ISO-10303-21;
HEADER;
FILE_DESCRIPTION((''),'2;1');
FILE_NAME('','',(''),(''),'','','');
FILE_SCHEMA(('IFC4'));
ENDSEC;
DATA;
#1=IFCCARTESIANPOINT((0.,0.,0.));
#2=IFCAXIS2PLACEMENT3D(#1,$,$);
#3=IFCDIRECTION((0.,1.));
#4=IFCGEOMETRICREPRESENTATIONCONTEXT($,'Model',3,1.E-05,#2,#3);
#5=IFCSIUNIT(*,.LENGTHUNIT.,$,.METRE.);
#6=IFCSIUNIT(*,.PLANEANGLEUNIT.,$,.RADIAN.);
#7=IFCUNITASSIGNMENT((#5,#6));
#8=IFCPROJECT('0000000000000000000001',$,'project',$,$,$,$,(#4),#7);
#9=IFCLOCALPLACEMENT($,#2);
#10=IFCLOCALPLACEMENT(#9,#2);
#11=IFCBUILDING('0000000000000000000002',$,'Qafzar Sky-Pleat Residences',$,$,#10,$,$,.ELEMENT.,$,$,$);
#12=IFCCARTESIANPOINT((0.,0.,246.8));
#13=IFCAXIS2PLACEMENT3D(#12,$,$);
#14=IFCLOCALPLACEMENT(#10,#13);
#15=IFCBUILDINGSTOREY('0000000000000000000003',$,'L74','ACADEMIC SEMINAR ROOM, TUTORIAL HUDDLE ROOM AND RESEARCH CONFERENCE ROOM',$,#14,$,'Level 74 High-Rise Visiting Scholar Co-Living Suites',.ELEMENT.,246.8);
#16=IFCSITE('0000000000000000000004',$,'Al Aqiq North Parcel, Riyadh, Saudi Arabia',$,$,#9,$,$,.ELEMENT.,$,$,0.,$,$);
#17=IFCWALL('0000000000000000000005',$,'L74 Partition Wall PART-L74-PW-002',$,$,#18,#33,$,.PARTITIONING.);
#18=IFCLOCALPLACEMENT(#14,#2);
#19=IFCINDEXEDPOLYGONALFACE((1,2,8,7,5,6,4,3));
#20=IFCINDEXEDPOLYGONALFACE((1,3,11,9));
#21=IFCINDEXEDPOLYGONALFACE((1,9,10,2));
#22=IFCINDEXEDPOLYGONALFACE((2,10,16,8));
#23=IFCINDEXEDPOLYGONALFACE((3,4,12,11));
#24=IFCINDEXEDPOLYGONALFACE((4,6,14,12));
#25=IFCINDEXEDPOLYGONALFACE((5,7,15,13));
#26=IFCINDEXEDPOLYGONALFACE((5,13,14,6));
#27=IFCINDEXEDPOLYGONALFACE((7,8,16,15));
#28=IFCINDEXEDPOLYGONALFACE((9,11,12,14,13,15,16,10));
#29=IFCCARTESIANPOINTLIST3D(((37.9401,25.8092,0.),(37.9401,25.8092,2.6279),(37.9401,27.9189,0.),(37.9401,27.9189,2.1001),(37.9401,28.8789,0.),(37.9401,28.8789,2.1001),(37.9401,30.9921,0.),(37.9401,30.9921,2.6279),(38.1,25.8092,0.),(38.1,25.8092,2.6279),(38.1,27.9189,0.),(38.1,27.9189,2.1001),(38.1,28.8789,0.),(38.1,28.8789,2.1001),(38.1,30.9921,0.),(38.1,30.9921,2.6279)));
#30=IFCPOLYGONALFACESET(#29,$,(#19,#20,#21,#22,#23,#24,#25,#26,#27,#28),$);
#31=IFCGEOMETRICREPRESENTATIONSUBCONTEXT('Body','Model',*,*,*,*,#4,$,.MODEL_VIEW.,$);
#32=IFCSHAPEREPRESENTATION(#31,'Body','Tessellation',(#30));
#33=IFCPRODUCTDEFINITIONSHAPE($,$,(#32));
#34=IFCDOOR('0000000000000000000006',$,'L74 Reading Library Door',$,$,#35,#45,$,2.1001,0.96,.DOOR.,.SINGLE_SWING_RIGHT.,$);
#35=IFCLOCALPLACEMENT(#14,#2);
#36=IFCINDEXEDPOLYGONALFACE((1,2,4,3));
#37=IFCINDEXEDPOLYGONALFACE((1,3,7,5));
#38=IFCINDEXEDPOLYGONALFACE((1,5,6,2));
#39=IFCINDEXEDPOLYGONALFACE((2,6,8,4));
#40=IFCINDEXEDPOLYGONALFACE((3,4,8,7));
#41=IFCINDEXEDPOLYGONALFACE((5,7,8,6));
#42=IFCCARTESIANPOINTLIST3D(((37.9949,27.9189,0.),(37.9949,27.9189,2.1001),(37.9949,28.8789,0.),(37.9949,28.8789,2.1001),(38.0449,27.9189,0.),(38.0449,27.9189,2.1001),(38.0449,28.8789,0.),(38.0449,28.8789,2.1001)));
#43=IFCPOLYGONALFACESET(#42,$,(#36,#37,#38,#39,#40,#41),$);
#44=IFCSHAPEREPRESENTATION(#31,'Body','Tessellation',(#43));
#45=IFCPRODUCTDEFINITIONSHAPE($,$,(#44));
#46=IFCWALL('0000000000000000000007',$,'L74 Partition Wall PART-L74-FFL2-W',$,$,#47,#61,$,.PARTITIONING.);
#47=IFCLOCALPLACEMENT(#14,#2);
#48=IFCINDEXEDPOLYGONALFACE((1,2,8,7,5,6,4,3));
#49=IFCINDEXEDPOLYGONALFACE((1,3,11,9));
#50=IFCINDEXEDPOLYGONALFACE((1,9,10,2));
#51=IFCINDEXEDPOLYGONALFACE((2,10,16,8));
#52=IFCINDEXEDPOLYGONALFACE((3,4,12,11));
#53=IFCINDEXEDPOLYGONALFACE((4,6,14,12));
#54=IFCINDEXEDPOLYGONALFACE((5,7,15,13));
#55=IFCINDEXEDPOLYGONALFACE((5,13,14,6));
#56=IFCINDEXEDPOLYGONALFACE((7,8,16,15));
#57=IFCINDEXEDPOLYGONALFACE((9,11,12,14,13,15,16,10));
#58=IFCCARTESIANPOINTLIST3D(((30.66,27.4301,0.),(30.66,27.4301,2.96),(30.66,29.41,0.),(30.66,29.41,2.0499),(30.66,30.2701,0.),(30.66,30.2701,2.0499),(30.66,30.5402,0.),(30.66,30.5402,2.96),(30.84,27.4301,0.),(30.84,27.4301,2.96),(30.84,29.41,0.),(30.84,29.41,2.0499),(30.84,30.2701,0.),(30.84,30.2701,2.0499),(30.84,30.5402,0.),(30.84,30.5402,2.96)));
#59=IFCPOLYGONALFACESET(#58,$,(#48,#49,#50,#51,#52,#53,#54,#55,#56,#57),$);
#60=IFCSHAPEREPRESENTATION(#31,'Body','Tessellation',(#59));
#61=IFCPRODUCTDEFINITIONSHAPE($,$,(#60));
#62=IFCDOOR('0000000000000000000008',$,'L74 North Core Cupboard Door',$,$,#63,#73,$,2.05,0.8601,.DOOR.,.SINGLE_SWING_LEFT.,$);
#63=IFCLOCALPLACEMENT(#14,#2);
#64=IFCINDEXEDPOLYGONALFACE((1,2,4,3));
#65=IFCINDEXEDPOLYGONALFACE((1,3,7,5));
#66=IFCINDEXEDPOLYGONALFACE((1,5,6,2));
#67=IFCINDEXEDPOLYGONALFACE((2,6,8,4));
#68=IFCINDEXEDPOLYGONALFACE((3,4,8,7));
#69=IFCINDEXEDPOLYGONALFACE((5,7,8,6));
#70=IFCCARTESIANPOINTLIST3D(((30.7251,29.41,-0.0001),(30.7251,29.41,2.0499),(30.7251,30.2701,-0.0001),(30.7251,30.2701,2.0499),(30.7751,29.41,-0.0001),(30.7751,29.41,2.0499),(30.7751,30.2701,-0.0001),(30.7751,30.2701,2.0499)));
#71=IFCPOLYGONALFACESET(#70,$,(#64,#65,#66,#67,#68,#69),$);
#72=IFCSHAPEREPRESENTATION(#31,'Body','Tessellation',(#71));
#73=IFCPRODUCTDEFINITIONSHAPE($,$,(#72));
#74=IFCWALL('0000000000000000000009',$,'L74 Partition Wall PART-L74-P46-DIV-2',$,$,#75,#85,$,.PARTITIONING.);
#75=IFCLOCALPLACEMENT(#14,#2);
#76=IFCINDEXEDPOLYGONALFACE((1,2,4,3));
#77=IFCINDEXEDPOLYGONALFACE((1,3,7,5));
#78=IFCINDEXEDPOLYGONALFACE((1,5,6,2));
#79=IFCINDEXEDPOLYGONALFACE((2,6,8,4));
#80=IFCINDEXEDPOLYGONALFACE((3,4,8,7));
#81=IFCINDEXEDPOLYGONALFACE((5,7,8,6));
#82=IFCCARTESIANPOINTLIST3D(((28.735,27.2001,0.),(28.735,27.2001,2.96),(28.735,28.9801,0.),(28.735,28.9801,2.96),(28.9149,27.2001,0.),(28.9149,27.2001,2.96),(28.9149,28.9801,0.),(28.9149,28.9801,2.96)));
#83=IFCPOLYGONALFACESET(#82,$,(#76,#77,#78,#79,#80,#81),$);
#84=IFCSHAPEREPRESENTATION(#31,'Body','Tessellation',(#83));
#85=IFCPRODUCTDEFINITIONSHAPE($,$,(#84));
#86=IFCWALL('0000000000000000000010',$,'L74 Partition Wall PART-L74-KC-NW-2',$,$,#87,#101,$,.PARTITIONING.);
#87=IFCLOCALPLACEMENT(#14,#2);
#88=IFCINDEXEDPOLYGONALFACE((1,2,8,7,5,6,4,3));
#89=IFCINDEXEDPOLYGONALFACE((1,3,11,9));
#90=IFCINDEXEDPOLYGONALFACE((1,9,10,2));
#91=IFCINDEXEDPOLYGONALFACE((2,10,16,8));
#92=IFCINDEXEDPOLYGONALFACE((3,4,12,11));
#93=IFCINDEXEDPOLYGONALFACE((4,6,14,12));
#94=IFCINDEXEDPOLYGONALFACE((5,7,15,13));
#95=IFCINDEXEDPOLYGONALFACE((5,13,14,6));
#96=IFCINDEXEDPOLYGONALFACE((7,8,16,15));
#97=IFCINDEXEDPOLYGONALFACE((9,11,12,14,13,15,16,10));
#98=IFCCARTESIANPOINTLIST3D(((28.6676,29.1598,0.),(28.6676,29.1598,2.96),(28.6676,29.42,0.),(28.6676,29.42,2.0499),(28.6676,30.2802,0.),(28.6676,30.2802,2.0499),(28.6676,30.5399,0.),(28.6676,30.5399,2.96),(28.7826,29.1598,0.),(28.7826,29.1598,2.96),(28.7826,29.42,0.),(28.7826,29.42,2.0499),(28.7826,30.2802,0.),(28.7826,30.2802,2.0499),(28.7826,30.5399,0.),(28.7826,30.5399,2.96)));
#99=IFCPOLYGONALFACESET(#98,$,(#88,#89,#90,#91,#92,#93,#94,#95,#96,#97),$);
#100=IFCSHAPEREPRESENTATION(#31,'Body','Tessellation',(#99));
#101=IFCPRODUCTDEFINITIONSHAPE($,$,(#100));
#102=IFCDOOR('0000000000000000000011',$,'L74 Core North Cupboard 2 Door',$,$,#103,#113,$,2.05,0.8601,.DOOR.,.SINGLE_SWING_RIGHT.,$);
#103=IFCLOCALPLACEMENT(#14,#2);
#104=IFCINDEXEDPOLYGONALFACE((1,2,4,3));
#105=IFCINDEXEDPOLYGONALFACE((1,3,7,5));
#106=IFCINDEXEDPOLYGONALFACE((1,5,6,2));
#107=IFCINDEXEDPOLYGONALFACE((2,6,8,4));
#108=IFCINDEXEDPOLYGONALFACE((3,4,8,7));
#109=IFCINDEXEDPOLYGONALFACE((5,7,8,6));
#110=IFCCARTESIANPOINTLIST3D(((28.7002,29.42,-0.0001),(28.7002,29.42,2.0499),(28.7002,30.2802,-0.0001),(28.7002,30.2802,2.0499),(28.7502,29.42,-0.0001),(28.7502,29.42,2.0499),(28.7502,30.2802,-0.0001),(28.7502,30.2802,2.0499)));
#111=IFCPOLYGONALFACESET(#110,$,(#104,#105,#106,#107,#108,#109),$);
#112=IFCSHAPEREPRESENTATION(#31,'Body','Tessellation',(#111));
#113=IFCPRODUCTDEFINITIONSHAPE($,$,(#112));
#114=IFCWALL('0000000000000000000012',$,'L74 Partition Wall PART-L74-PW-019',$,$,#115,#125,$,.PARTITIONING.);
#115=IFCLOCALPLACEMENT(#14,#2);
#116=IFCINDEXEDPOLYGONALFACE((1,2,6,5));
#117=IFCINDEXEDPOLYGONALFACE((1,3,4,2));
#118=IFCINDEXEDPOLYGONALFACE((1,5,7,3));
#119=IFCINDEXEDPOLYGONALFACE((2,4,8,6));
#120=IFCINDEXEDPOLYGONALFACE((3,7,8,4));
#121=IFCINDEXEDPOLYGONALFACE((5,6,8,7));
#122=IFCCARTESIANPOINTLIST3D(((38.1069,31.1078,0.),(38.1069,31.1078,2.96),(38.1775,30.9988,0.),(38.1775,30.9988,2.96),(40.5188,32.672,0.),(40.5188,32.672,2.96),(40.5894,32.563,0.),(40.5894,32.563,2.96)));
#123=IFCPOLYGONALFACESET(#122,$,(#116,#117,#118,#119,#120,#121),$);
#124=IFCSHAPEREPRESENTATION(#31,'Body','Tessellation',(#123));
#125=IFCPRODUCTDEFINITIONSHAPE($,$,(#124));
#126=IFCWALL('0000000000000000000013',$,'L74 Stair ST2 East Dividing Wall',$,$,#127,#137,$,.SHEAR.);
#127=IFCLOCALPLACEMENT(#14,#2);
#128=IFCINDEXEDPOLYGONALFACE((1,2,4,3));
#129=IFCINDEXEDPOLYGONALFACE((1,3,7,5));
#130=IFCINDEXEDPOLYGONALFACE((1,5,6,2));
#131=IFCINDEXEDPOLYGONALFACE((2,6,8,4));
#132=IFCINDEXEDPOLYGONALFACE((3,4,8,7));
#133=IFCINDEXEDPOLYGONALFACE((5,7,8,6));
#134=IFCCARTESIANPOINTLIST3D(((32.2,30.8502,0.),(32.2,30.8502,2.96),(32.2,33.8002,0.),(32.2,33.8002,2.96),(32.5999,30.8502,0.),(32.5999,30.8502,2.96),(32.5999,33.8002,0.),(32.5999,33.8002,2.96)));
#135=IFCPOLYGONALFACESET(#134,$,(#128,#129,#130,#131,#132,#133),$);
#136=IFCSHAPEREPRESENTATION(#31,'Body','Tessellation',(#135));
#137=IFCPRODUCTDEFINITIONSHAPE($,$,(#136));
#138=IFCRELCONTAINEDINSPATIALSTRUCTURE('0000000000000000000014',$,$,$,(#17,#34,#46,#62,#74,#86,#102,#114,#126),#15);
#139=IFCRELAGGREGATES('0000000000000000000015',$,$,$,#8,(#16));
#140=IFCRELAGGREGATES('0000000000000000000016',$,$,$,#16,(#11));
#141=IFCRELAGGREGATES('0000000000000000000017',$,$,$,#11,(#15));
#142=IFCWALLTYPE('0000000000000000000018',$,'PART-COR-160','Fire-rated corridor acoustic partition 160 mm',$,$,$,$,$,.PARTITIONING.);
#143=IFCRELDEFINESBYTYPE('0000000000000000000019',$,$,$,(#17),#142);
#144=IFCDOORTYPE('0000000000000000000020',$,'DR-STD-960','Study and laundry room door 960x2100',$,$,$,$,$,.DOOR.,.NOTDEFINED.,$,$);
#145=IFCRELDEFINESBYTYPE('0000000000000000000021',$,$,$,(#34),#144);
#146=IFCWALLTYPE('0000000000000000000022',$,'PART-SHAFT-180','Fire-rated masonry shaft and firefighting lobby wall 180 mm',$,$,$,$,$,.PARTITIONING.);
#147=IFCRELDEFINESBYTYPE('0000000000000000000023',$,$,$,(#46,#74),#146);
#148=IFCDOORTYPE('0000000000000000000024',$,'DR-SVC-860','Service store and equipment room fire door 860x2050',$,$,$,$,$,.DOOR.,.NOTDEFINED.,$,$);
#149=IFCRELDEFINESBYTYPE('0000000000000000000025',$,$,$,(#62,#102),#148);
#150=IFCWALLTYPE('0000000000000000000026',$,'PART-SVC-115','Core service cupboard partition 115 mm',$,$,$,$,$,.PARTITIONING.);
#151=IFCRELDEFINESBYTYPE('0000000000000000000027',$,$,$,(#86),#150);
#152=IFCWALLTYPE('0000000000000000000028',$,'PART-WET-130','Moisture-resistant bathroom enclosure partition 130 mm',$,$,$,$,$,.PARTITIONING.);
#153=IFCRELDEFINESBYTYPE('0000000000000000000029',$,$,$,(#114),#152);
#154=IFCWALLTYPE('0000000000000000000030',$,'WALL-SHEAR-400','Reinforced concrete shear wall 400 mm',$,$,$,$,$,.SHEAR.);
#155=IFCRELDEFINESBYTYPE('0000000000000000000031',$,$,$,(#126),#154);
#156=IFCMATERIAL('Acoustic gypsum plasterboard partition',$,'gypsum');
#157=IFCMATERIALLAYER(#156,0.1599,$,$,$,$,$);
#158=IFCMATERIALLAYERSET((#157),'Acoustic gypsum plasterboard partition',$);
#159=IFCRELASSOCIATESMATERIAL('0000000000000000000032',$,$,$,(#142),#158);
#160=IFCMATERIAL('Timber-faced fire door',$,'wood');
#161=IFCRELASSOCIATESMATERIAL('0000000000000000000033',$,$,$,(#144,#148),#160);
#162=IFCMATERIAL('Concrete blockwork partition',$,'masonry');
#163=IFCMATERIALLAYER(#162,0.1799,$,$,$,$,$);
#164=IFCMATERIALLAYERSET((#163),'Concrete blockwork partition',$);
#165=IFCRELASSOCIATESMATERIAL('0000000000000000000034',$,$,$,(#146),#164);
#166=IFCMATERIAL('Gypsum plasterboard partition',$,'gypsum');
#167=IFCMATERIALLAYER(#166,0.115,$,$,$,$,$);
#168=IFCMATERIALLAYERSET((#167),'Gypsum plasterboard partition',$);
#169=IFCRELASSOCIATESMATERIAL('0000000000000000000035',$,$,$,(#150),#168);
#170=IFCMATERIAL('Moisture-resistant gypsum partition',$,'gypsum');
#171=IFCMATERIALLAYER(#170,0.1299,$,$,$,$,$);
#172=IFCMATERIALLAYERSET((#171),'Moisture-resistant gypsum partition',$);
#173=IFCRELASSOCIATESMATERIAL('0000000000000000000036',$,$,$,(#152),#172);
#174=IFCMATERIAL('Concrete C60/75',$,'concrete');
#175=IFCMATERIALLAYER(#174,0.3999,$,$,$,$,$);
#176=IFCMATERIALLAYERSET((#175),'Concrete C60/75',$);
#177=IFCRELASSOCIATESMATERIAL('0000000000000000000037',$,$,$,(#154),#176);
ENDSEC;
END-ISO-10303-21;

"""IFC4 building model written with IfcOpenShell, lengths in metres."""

from ifc_helpers import new_model, si_unit, direction, frame, frame_2d, origin, place, context, subcontext, project, spatial, rectangle, extrude, source, transform, mapped, material, layer, layer_set, type_object, element, fill, save


model = new_model("IFC4")

# Units and contexts
model_context = context("Model", 3, precision=1e-05, world=origin(), true_north=direction((0.0, 1.0)))
body_context = subcontext(model_context, "Body", "Model", "MODEL_VIEW")
ifc_project = project(units=[si_unit("LENGTHUNIT", "METRE"), si_unit("PLANEANGLEUNIT", "RADIAN")], contexts=[model_context])

# Site, building, storey
site_placement = place(None, origin())
site = spatial("IfcSite", under=ifc_project, at=site_placement, Name="Al Aqiq North Parcel, Riyadh, Saudi Arabia", CompositionType="ELEMENT", RefElevation=0.0)
building_placement = place(site_placement, origin())
building = spatial("IfcBuilding", under=site, at=building_placement, Name="Qafzar Sky-Pleat Residences", CompositionType="ELEMENT")
storey_placement = place(building_placement, frame((0.0, 0.0, 246.8)))
storey = spatial("IfcBuildingStorey", under=building, at=storey_placement, Name="L74", Description="ACADEMIC SEMINAR ROOM, TUTORIAL HUDDLE ROOM AND RESEARCH CONFERENCE ROOM", LongName="Level 74 High-Rise Visiting Scholar Co-Living Suites", CompositionType="ELEMENT", Elevation=246.8)

# Walls, openings, doors
ifc_material_1 = material(Name="Acoustic gypsum plasterboard partition", Category="gypsum")
ifc_layer_1 = layer(ifc_material_1, 0.1599)
ifc_layer_set_1 = layer_set([ifc_layer_1], Name="Acoustic gypsum plasterboard partition")
wall_type_1 = type_object("IfcWallType", Name="PART-COR-160", Description="Fire-rated corridor acoustic partition 160 mm", PredefinedType="PARTITIONING", material=ifc_layer_set_1)
wall_1_placement = place(storey_placement, frame((38.02, 30.9919, 0.0), z_axis=(0.0, 0.0, 1.0), x_axis=(0.0, -1.0, 0.0)))
wall_1 = element("IfcWall", 1, at=wall_1_placement, inside=storey, type_object=wall_type_1, Name="L74 Partition Wall PART-L74-PW-002", PredefinedType="PARTITIONING", context=body_context, shape_type="SweptSolid", body=[
    extrude(rectangle(XDim=5.1829, YDim=0.1599, at=frame_2d((2.5913, 0.0))), origin(), (0.0, 0.0, 1.0), 2.6279),
])
opening_1_placement = place(wall_1_placement, frame((2.113, 0.0, 0.0)))
opening_1 = element("IfcOpeningElement", 2, at=opening_1_placement, cuts=wall_1, PredefinedType="OPENING", context=body_context, shape_type="SweptSolid", body=[
    extrude(rectangle(XDim=0.96, YDim=2.1001, at=frame_2d((0.48, 1.05))), frame((0.0, 0.0898, 0.0), z_axis=(0.0, -1.0, 0.0), x_axis=(1.0, 0.0, 0.0)), (0.0, 0.0, 1.0), 0.1799),
])
ifc_material_2 = material(Name="Timber-faced fire door", Category="wood")
door_type_1 = type_object("IfcDoorType", Name="DR-STD-960", Description="Study and laundry room door 960x2100", OperationType="NOTDEFINED", PredefinedType="DOOR", material=ifc_material_2)
shared_shape_1 = source(origin(), body_context, "Body", "SweptSolid", [
    extrude(rectangle(XDim=0.96, YDim=2.1001, at=frame_2d((0.48, 1.05))), frame((0.0, 0.0249, 0.0), z_axis=(0.0, -1.0, 0.0), x_axis=(1.0, 0.0, 0.0)), (0.0, 0.0, 1.0), 0.05),
])
door_1_placement = place(opening_1_placement, origin())
door_1 = element("IfcDoor", 3, at=door_1_placement, inside=storey, type_object=door_type_1, Name="L74 Reading Library Door", OperationType="SINGLE_SWING_RIGHT", OverallHeight=2.1001, OverallWidth=0.96, PredefinedType="DOOR", context=body_context, shape_type="MappedRepresentation", body=[
    mapped(shared_shape_1, transform((0.0, 0.0, 0.0), x_axis=(1.0, 0.0, 0.0), y_axis=(0.0, 1.0, 0.0), z_axis=(0.0, 0.0, 1.0), scale=1.0)),
])
fill(opening_1, door_1)
ifc_material_3 = material(Name="Concrete blockwork partition", Category="masonry")
ifc_layer_2 = layer(ifc_material_3, 0.1799)
ifc_layer_set_2 = layer_set([ifc_layer_2], Name="Concrete blockwork partition")
wall_type_2 = type_object("IfcWallType", Name="PART-SHAFT-180", Description="Fire-rated masonry shaft and firefighting lobby wall 180 mm", PredefinedType="PARTITIONING", material=ifc_layer_set_2)
wall_2_placement = place(storey_placement, frame((30.75, 27.4299, 0.0), z_axis=(0.0, 0.0, 1.0), x_axis=(0.0, 1.0, 0.0)))
wall_2 = element("IfcWall", 4, at=wall_2_placement, inside=storey, type_object=wall_type_2, Name="L74 Partition Wall PART-L74-FFL2-W", PredefinedType="PARTITIONING", context=body_context, shape_type="SweptSolid", body=[
    extrude(rectangle(XDim=3.1101, YDim=0.1799, at=frame_2d((1.5552, 0.0))), origin(), (0.0, 0.0, 1.0), 2.96),
])
opening_2_placement = place(wall_2_placement, frame((1.98, 0.0, 0.0)))
opening_2 = element("IfcOpeningElement", 5, at=opening_2_placement, cuts=wall_2, PredefinedType="OPENING", context=body_context, shape_type="SweptSolid", body=[
    extrude(rectangle(XDim=0.8601, YDim=2.05, at=frame_2d((0.4302, 1.0249))), frame((0.0, 0.1001, 0.0), z_axis=(0.0, -1.0, 0.0), x_axis=(1.0, 0.0, 0.0)), (0.0, 0.0, 1.0), 0.2),
])
door_type_2 = type_object("IfcDoorType", Name="DR-SVC-860", Description="Service store and equipment room fire door 860x2050", OperationType="NOTDEFINED", PredefinedType="DOOR", material=ifc_material_2)
shared_shape_2 = source(origin(), body_context, "Body", "SweptSolid", [
    extrude(rectangle(XDim=0.8601, YDim=2.05, at=frame_2d((0.4302, 1.0249))), frame((0.0, 0.0249, 0.0), z_axis=(0.0, -1.0, 0.0), x_axis=(1.0, 0.0, 0.0)), (0.0, 0.0, 1.0), 0.05),
])
door_2_placement = place(opening_2_placement, origin())
door_2 = element("IfcDoor", 6, at=door_2_placement, inside=storey, type_object=door_type_2, Name="L74 North Core Cupboard Door", OperationType="SINGLE_SWING_LEFT", OverallHeight=2.05, OverallWidth=0.8601, PredefinedType="DOOR", context=body_context, shape_type="MappedRepresentation", body=[
    mapped(shared_shape_2, transform((0.0, 0.0, 0.0), x_axis=(1.0, 0.0, 0.0), y_axis=(0.0, 1.0, 0.0), z_axis=(0.0, 0.0, 1.0), scale=1.0)),
])
fill(opening_2, door_2)

# Wall
wall_3_placement = place(storey_placement, frame((28.825, 27.2, 0.0), z_axis=(0.0, 0.0, 1.0), x_axis=(0.0, 1.0, 0.0)))
element("IfcWall", 7, at=wall_3_placement, inside=storey, type_object=wall_type_2, Name="L74 Partition Wall PART-L74-P46-DIV-2", PredefinedType="PARTITIONING", context=body_context, shape_type="SweptSolid", body=[
    extrude(rectangle(XDim=1.78, YDim=0.1799, at=frame_2d((0.8901, 0.0))), origin(), (0.0, 0.0, 1.0), 2.96),
])

# Wall, opening, door
ifc_material_4 = material(Name="Gypsum plasterboard partition", Category="gypsum")
ifc_layer_3 = layer(ifc_material_4, 0.115)
ifc_layer_set_3 = layer_set([ifc_layer_3], Name="Gypsum plasterboard partition")
wall_type_3 = type_object("IfcWallType", Name="PART-SVC-115", Description="Core service cupboard partition 115 mm", PredefinedType="PARTITIONING", material=ifc_layer_set_3)
wall_4_placement = place(storey_placement, frame((28.7251, 29.1599, 0.0), z_axis=(0.0, 0.0, 1.0), x_axis=(0.0, 1.0, 0.0)))
wall_4 = element("IfcWall", 8, at=wall_4_placement, inside=storey, type_object=wall_type_3, Name="L74 Partition Wall PART-L74-KC-NW-2", PredefinedType="PARTITIONING", context=body_context, shape_type="SweptSolid", body=[
    extrude(rectangle(XDim=1.3801, YDim=0.115, at=frame_2d((0.6899, 0.0))), origin(), (0.0, 0.0, 1.0), 2.96),
])
opening_3_placement = place(wall_4_placement, frame((0.26, 0.0, 0.0)))
opening_3 = element("IfcOpeningElement", 9, at=opening_3_placement, cuts=wall_4, PredefinedType="OPENING", context=body_context, shape_type="SweptSolid", body=[
    extrude(rectangle(XDim=0.8601, YDim=2.05, at=frame_2d((0.4302, 1.0249))), frame((0.0, 0.0674, 0.0), z_axis=(0.0, -1.0, 0.0), x_axis=(1.0, 0.0, 0.0)), (0.0, 0.0, 1.0), 0.135),
])
door_3_placement = place(opening_3_placement, origin())
door_3 = element("IfcDoor", 10, at=door_3_placement, inside=storey, type_object=door_type_2, Name="L74 Core North Cupboard 2 Door", OperationType="SINGLE_SWING_RIGHT", OverallHeight=2.05, OverallWidth=0.8601, PredefinedType="DOOR", context=body_context, shape_type="MappedRepresentation", body=[
    mapped(shared_shape_2, transform((0.0, 0.0, 0.0), x_axis=(1.0, 0.0, 0.0), y_axis=(0.0, 1.0, 0.0), z_axis=(0.0, 0.0, 1.0), scale=1.0)),
])
fill(opening_3, door_3)

# Walls
ifc_material_5 = material(Name="Moisture-resistant gypsum partition", Category="gypsum")
ifc_layer_4 = layer(ifc_material_5, 0.1299)
ifc_layer_set_4 = layer_set([ifc_layer_4], Name="Moisture-resistant gypsum partition")
wall_type_4 = type_object("IfcWallType", Name="PART-WET-130", Description="Moisture-resistant bathroom enclosure partition 130 mm", PredefinedType="PARTITIONING", material=ifc_layer_set_4)
wall_5_placement = place(storey_placement, frame((38.1421, 31.0532, 0.0), z_axis=(0.0, 0.0, 1.0), x_axis=(0.839, 0.544131, 0.0)))
element("IfcWall", 11, at=wall_5_placement, inside=storey, type_object=wall_type_4, Name="L74 Partition Wall PART-L74-PW-019", PredefinedType="PARTITIONING", context=body_context, shape_type="SweptSolid", body=[
    extrude(rectangle(XDim=2.8748, YDim=0.1299, at=frame_2d((1.4375, 0.0))), origin(), (0.0, 0.0, 1.0), 2.96),
])
ifc_material_6 = material(Name="Concrete C60/75", Category="concrete")
ifc_layer_5 = layer(ifc_material_6, 0.3999)
ifc_layer_set_5 = layer_set([ifc_layer_5], Name="Concrete C60/75")
wall_type_5 = type_object("IfcWallType", Name="WALL-SHEAR-400", Description="Reinforced concrete shear wall 400 mm", PredefinedType="SHEAR", material=ifc_layer_set_5)
wall_6_placement = place(storey_placement, frame((32.3999, 30.8501, 0.0), z_axis=(0.0, 0.0, 1.0), x_axis=(0.0, 1.0, 0.0)))
element("IfcWall", 12, at=wall_6_placement, inside=storey, type_object=wall_type_5, Name="L74 Stair ST2 East Dividing Wall", PredefinedType="SHEAR", context=body_context, shape_type="SweptSolid", body=[
    extrude(rectangle(XDim=2.95, YDim=0.3999, at=frame_2d((1.4751, 0.0))), origin(), (0.0, 0.0, 1.0), 2.96),
])

save(model, "model.ifc")
